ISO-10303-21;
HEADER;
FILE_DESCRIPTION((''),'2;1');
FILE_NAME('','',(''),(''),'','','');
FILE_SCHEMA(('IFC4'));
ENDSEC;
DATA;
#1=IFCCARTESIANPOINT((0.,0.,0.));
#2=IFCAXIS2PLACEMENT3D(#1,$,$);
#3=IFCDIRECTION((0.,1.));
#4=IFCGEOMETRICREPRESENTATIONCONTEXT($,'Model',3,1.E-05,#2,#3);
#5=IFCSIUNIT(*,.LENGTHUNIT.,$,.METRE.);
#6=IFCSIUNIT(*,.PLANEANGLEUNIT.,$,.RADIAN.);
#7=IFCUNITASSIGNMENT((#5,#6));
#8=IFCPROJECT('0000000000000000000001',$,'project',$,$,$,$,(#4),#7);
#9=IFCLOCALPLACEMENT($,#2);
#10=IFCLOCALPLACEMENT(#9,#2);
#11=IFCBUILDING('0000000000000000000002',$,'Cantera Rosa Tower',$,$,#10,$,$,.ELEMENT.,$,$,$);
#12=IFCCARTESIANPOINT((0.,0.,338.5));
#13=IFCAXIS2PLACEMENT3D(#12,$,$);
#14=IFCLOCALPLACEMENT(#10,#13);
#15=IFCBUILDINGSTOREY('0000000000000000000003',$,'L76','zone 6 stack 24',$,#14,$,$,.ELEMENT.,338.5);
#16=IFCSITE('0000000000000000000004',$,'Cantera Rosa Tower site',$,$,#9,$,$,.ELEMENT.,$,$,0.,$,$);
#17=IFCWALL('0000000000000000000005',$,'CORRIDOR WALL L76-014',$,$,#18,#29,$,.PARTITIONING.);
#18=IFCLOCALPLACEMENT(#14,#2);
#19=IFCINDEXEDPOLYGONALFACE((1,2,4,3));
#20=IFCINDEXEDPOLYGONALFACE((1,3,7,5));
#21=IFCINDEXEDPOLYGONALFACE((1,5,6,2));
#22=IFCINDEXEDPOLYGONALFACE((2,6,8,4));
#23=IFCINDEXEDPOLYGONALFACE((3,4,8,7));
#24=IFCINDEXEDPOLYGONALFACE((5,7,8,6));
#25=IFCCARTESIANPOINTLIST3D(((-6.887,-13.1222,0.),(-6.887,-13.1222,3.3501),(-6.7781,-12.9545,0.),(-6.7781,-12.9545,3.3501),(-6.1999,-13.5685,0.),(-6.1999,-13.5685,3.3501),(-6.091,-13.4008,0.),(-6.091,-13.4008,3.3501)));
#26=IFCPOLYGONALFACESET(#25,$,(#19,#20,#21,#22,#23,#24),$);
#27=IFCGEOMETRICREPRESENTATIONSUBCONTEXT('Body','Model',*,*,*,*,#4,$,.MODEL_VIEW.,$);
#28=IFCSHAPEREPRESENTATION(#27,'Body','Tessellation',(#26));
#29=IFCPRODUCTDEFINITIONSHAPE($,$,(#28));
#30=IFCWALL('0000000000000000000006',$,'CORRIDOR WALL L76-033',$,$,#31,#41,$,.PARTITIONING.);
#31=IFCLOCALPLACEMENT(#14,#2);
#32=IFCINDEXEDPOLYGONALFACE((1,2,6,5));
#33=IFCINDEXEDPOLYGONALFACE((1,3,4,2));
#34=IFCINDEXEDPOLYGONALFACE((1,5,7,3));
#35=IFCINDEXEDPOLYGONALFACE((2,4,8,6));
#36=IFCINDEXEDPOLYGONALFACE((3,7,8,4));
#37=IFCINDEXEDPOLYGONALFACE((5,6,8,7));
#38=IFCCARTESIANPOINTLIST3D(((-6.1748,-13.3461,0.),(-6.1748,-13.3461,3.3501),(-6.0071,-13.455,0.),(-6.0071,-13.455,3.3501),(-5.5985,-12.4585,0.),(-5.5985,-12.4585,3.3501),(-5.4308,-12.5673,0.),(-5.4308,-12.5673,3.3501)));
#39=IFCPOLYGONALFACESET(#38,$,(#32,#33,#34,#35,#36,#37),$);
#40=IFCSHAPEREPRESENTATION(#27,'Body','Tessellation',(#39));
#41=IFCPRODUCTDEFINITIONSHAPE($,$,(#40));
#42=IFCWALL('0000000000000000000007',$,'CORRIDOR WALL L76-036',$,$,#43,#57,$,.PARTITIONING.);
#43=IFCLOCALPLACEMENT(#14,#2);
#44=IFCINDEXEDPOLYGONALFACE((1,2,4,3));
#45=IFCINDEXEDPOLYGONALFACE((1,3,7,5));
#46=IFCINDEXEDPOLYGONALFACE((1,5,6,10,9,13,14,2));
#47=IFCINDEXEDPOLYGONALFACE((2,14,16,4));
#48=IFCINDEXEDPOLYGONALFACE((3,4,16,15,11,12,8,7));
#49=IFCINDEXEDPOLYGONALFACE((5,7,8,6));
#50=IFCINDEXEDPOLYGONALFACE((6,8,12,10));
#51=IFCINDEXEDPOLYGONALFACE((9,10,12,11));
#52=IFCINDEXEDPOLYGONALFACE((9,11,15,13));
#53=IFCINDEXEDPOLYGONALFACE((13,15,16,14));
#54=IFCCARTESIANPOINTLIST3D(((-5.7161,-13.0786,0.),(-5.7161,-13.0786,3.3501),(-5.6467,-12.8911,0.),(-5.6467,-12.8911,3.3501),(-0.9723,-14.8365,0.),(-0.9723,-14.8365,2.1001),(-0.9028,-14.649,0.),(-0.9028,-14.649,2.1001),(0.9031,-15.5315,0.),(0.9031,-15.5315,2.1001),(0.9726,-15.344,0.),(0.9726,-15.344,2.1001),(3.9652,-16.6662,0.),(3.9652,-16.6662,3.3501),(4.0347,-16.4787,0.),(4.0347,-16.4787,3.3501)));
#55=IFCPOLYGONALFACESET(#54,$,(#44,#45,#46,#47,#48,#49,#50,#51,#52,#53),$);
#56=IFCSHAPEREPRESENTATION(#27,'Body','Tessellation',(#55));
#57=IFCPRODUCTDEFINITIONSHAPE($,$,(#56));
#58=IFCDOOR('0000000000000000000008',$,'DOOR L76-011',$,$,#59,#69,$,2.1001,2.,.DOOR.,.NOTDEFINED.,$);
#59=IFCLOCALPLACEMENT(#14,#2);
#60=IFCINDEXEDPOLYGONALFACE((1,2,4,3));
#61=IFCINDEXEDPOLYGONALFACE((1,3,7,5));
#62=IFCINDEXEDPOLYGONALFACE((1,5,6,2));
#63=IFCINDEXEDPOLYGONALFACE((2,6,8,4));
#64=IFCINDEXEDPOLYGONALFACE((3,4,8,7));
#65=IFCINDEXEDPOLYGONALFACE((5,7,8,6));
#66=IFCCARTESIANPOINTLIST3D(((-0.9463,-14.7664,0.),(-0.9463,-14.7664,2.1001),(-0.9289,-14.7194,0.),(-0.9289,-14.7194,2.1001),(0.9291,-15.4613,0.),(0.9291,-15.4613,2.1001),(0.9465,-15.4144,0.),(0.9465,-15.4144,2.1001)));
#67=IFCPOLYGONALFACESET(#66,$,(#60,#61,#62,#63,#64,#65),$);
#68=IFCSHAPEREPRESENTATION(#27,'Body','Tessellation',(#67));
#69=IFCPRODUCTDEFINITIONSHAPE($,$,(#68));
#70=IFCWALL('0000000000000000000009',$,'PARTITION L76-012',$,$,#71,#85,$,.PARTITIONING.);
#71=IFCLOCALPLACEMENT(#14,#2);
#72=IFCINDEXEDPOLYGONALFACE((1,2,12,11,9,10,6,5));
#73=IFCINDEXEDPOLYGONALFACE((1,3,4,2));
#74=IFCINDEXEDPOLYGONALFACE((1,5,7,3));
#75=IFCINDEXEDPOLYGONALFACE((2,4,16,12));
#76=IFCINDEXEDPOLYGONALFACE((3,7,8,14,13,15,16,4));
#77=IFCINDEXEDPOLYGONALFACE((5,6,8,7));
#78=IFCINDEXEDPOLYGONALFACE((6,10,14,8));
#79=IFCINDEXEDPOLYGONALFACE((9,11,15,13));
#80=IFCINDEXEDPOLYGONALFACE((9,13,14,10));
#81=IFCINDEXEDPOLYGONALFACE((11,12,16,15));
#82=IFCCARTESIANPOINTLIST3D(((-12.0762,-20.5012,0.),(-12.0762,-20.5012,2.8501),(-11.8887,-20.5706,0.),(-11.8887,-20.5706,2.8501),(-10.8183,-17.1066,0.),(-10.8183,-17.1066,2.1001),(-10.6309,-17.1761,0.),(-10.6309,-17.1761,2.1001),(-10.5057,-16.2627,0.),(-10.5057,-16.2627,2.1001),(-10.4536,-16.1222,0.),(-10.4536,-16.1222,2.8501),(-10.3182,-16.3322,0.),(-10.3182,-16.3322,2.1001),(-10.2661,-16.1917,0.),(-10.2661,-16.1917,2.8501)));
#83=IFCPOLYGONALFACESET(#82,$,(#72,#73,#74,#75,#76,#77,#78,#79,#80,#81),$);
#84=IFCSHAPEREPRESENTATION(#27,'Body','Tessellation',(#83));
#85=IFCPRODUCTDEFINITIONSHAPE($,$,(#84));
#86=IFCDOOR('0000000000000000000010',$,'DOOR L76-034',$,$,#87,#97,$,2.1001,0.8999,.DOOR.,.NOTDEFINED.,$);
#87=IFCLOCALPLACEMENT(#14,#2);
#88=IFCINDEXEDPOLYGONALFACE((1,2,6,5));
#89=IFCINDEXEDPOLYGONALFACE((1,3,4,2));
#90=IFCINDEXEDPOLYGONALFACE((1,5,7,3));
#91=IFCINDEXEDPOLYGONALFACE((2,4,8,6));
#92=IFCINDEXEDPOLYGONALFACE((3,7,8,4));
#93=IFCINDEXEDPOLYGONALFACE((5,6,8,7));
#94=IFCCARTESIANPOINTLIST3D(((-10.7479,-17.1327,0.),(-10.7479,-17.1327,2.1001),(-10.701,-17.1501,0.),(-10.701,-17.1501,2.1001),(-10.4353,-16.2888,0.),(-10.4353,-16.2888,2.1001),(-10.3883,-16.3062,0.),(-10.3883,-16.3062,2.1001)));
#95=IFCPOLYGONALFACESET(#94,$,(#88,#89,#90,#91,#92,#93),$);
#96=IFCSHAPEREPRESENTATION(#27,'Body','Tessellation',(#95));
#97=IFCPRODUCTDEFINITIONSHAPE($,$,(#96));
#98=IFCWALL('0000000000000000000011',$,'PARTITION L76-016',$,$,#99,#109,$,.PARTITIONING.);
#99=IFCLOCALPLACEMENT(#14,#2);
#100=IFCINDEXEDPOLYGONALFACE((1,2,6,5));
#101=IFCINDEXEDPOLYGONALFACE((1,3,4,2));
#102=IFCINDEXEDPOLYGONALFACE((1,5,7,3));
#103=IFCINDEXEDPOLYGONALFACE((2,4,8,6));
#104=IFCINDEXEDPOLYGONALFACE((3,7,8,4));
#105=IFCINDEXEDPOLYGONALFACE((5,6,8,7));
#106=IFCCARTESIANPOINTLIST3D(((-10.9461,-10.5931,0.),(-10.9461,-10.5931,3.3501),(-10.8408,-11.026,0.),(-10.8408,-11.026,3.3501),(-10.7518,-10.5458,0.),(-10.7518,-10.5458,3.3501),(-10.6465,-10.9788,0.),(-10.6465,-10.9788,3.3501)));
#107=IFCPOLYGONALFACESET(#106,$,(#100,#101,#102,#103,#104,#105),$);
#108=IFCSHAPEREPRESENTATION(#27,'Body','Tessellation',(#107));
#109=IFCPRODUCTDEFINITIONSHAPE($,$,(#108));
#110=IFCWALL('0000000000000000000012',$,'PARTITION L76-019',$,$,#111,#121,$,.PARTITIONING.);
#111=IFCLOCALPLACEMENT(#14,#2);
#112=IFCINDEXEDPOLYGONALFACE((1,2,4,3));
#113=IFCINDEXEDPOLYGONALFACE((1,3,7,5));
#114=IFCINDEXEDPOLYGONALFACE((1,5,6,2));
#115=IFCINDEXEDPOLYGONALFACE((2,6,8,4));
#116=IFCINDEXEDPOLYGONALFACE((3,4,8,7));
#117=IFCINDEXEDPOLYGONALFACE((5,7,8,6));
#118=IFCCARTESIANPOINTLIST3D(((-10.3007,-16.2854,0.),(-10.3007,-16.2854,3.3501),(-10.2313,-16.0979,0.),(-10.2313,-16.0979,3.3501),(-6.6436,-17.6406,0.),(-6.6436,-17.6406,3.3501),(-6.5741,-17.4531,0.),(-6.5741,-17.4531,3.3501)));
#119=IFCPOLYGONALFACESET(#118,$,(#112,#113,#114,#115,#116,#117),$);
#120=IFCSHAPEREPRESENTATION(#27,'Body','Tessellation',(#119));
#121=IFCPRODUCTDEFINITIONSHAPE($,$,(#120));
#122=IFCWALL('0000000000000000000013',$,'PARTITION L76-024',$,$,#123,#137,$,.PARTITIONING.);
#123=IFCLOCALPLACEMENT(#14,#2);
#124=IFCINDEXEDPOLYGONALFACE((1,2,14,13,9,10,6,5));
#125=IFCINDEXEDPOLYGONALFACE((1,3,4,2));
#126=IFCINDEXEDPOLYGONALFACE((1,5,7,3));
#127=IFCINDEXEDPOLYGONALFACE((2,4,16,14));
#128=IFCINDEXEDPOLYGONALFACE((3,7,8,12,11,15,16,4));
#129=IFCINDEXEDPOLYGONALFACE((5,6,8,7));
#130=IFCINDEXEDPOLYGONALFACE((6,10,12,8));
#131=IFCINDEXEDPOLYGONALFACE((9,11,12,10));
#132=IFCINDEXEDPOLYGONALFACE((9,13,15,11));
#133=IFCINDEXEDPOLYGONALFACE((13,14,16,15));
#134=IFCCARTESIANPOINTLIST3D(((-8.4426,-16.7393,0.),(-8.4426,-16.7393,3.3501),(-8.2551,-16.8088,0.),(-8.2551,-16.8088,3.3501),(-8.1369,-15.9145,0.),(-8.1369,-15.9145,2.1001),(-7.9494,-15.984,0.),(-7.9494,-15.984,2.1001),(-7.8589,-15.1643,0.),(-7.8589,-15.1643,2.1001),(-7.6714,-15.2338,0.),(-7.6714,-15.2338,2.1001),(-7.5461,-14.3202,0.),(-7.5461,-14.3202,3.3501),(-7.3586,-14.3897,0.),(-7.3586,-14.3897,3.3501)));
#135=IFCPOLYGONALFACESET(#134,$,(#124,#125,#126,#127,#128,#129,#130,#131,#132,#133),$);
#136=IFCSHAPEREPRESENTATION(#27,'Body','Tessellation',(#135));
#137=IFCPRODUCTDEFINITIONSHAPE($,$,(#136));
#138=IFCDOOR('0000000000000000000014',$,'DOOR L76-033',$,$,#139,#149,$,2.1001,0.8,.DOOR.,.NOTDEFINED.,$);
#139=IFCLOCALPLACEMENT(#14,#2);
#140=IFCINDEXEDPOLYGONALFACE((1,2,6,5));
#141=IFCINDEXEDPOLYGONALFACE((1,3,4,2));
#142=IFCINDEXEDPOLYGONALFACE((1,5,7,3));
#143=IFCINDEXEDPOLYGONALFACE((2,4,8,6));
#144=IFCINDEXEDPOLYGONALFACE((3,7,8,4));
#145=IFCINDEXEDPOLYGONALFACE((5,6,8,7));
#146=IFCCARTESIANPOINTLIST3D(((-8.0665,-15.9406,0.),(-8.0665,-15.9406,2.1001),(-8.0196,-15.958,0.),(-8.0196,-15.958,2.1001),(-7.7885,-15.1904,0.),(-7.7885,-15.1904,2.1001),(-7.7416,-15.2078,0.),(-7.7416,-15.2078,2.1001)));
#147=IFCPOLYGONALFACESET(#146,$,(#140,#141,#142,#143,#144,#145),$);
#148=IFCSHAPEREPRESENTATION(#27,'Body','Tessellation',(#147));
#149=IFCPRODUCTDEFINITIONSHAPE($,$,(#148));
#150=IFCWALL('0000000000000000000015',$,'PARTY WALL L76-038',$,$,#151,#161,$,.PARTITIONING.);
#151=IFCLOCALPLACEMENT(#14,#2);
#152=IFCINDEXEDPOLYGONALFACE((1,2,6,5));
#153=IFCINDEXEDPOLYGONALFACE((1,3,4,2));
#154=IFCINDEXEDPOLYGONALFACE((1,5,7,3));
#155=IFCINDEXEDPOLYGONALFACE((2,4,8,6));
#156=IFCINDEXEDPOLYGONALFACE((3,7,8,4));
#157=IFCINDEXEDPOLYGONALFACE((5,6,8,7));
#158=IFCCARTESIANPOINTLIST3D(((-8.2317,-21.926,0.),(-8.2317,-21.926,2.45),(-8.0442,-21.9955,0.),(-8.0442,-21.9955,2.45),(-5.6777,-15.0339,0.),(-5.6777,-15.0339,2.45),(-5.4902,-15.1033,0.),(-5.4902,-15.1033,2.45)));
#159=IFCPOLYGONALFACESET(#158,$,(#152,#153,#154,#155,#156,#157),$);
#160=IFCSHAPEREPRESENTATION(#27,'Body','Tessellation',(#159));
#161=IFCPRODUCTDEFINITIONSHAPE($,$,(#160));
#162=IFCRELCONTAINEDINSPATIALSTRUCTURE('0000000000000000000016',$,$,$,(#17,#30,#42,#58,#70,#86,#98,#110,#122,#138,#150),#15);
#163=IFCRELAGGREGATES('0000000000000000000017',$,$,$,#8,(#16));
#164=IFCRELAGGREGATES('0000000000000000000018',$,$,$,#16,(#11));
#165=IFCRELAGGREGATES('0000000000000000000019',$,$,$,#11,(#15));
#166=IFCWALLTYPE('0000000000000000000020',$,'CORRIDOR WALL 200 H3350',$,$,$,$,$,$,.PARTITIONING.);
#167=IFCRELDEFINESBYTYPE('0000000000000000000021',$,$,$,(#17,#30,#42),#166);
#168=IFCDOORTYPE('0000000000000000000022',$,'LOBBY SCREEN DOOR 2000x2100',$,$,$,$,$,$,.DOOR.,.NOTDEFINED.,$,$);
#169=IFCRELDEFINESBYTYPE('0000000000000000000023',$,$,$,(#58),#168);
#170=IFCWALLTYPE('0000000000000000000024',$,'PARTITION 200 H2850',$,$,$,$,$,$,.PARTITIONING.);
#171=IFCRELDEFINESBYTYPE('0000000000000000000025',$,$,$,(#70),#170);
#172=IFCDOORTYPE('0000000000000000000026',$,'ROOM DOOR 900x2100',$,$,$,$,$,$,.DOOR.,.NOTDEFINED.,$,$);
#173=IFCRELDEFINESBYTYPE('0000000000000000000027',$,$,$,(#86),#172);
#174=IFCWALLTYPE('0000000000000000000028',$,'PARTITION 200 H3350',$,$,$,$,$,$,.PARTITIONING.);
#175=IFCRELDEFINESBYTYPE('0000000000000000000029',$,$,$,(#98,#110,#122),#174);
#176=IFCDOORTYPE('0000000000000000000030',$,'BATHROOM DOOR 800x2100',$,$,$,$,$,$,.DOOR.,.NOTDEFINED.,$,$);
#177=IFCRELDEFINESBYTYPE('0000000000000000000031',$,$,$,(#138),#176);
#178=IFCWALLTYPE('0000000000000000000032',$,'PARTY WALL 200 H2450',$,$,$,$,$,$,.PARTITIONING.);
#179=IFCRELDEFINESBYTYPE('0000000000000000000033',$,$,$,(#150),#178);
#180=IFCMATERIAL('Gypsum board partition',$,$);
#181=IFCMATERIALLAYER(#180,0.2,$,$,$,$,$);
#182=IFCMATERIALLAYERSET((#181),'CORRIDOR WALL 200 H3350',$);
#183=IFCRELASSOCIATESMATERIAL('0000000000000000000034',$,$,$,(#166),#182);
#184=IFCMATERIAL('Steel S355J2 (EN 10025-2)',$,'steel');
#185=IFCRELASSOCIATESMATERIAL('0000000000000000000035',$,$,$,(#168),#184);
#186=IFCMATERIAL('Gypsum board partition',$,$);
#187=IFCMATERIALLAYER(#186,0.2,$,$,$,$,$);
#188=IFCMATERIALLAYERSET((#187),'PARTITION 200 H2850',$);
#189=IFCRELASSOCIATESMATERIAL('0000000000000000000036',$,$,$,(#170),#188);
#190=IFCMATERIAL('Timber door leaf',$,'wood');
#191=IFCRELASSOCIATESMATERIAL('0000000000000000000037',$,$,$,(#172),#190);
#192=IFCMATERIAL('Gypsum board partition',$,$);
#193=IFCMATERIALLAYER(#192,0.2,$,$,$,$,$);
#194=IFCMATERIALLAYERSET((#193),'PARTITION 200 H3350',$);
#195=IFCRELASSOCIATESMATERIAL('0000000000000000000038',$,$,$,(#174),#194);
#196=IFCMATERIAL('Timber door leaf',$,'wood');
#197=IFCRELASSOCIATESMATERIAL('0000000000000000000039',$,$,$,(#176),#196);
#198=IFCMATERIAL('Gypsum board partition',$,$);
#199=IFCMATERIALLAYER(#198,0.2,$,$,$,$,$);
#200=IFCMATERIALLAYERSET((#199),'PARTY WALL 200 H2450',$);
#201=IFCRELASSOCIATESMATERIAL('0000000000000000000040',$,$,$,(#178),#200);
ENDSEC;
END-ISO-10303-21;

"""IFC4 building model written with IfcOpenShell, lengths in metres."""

from ifc_helpers import new_model, si_unit, direction, frame, frame_2d, origin, place, context, subcontext, project, spatial, rectangle, extrude, material, layer, layer_set, type_object, element, fill, save


model = new_model("IFC4")

# Units and contexts
model_context = context("Model", 3, precision=1e-05, world=origin(), true_north=direction((0.0, 1.0)))
body_context = subcontext(model_context, "Body", "Model", "MODEL_VIEW")
ifc_project = project(units=[si_unit("LENGTHUNIT", "METRE"), si_unit("PLANEANGLEUNIT", "RADIAN")], contexts=[model_context])

# Site, building, storey
site_placement = place(None, origin())
site = spatial("IfcSite", under=ifc_project, at=site_placement, Name="Cantera Rosa Tower site", CompositionType="ELEMENT", RefElevation=0.0)
building_placement = place(site_placement, origin())
building = spatial("IfcBuilding", under=site, at=building_placement, Name="Cantera Rosa Tower", CompositionType="ELEMENT")
storey_placement = place(building_placement, frame((0.0, 0.0, 338.5)))
storey = spatial("IfcBuildingStorey", under=building, at=storey_placement, Name="L76", Description="zone 6 stack 24", CompositionType="ELEMENT", Elevation=338.5)

# Walls
ifc_material_1 = material(Name="Gypsum board partition")
ifc_layer_1 = layer(ifc_material_1, 0.2)
ifc_layer_set_1 = layer_set([ifc_layer_1], Name="CORRIDOR WALL 200 H3350")
wall_type_1 = type_object("IfcWallType", Name="CORRIDOR WALL 200 H3350", PredefinedType="PARTITIONING", material=ifc_layer_set_1)
wall_1_placement = place(storey_placement, frame((-6.8325, -13.0383, 0.0), z_axis=(0.0, 0.0, 1.0), x_axis=(0.838593, -0.544758, 0.0)))
element("IfcWall", 1, at=wall_1_placement, inside=storey, type_object=wall_type_1, Name="CORRIDOR WALL L76-014", PredefinedType="PARTITIONING", context=body_context, shape_type="SweptSolid", body=[
    extrude(rectangle(XDim=0.8193, YDim=0.2, at=frame_2d((0.4097, 0.0))), origin(), (0.0, 0.0, 1.0), 3.3501),
])
wall_2_placement = place(storey_placement, frame((-6.0911, -13.4006, 0.0), z_axis=(0.0, 0.0, 1.0), x_axis=(0.544599, 0.838696, 0.0)))
element("IfcWall", 2, at=wall_2_placement, inside=storey, type_object=wall_type_1, Name="CORRIDOR WALL L76-033", PredefinedType="PARTITIONING", context=body_context, shape_type="SweptSolid", body=[
    extrude(rectangle(XDim=1.0583, YDim=0.2, at=frame_2d((0.5293, 0.0))), origin(), (0.0, 0.0, 1.0), 3.3501),
])

# Wall, opening, door
wall_3_placement = place(storey_placement, frame((-5.6814, -12.9849, 0.0), z_axis=(0.0, 0.0, 1.0), x_axis=(0.937687, -0.34748, 0.0)))
wall_3 = element("IfcWall", 3, at=wall_3_placement, inside=storey, type_object=wall_type_1, Name="CORRIDOR WALL L76-036", PredefinedType="PARTITIONING", context=body_context, shape_type="SweptSolid", body=[
    extrude(rectangle(XDim=10.3247, YDim=0.2, at=frame_2d((5.1624, 0.0))), origin(), (0.0, 0.0, 1.0), 3.3501),
])
opening_1_placement = place(wall_3_placement, frame((5.0591, 0.0, 0.0)))
opening_1 = element("IfcOpeningElement", 4, at=opening_1_placement, cuts=wall_3, PredefinedType="OPENING", context=body_context, shape_type="SweptSolid", body=[
    extrude(rectangle(XDim=2.0, YDim=2.1001, at=frame_2d((1.0, 1.05))), frame((0.0, 0.1099, 0.0), z_axis=(0.0, -1.0, 0.0), x_axis=(1.0, 0.0, 0.0)), (0.0, 0.0, 1.0), 0.22),
])
ifc_material_2 = material(Name="Steel S355J2 (EN 10025-2)", Category="steel")
door_type_1 = type_object("IfcDoorType", Name="LOBBY SCREEN DOOR 2000x2100", OperationType="NOTDEFINED", PredefinedType="DOOR", material=ifc_material_2)
door_1_placement = place(opening_1_placement, origin())
door_1 = element("IfcDoor", 5, at=door_1_placement, inside=storey, type_object=door_type_1, Name="DOOR L76-011", OperationType="NOTDEFINED", OverallHeight=2.1001, OverallWidth=2.0, PredefinedType="DOOR", context=body_context, shape_type="SweptSolid", body=[
    extrude(rectangle(XDim=2.0, YDim=2.1001, at=frame_2d((1.0, 1.05))), frame((0.0, 0.0249, 0.0), z_axis=(0.0, -1.0, 0.0), x_axis=(1.0, 0.0, 0.0)), (0.0, 0.0, 1.0), 0.05),
])
fill(opening_1, door_1)

# Wall, opening, door
ifc_material_3 = material(Name="Gypsum board partition")
ifc_layer_2 = layer(ifc_material_3, 0.2)
ifc_layer_set_2 = layer_set([ifc_layer_2], Name="PARTITION 200 H2850")
wall_type_2 = type_object("IfcWallType", Name="PARTITION 200 H2850", PredefinedType="PARTITIONING", material=ifc_layer_set_2)
wall_4_placement = place(storey_placement, frame((-11.9824, -20.5359, 0.0), z_axis=(0.0, 0.0, 1.0), x_axis=(0.347454, 0.937697, 0.0)))
wall_4 = element("IfcWall", 6, at=wall_4_placement, inside=storey, type_object=wall_type_2, Name="PARTITION L76-012", PredefinedType="PARTITIONING", context=body_context, shape_type="SweptSolid", body=[
    extrude(rectangle(XDim=4.6699, YDim=0.2, at=frame_2d((2.335, 0.0))), origin(), (0.0, 0.0, 1.0), 2.8501),
])
opening_2_placement = place(wall_4_placement, frame((3.6201, 0.0, 0.0)))
opening_2 = element("IfcOpeningElement", 7, at=opening_2_placement, cuts=wall_4, PredefinedType="OPENING", context=body_context, shape_type="SweptSolid", body=[
    extrude(rectangle(XDim=0.8999, YDim=2.1001, at=frame_2d((0.45, 1.05))), frame((0.0, 0.1099, 0.0), z_axis=(0.0, -1.0, 0.0), x_axis=(1.0, 0.0, 0.0)), (0.0, 0.0, 1.0), 0.22),
])
ifc_material_4 = material(Name="Timber door leaf", Category="wood")
door_type_2 = type_object("IfcDoorType", Name="ROOM DOOR 900x2100", OperationType="NOTDEFINED", PredefinedType="DOOR", material=ifc_material_4)
door_2_placement = place(opening_2_placement, origin())
door_2 = element("IfcDoor", 8, at=door_2_placement, inside=storey, type_object=door_type_2, Name="DOOR L76-034", OperationType="NOTDEFINED", OverallHeight=2.1001, OverallWidth=0.8999, PredefinedType="DOOR", context=body_context, shape_type="SweptSolid", body=[
    extrude(rectangle(XDim=0.8999, YDim=2.1001, at=frame_2d((0.45, 1.05))), frame((0.0, 0.0249, 0.0), z_axis=(0.0, -1.0, 0.0), x_axis=(1.0, 0.0, 0.0)), (0.0, 0.0, 1.0), 0.05),
])
fill(opening_2, door_2)

# Walls
ifc_material_5 = material(Name="Gypsum board partition")
ifc_layer_3 = layer(ifc_material_5, 0.2)
ifc_layer_set_3 = layer_set([ifc_layer_3], Name="PARTITION 200 H3350")
wall_type_3 = type_object("IfcWallType", Name="PARTITION 200 H3350", PredefinedType="PARTITIONING", material=ifc_layer_set_3)
wall_5_placement = place(storey_placement, frame((-10.8489, -10.5696, 0.0), z_axis=(0.0, 0.0, 1.0), x_axis=(0.236212, -0.971702, 0.0)))
element("IfcWall", 9, at=wall_5_placement, inside=storey, type_object=wall_type_3, Name="PARTITION L76-016", PredefinedType="PARTITIONING", context=body_context, shape_type="SweptSolid", body=[
    extrude(rectangle(XDim=0.4456, YDim=0.2, at=frame_2d((0.2227, 0.0))), origin(), (0.0, 0.0, 1.0), 3.3501),
])
wall_6_placement = place(storey_placement, frame((-10.2661, -16.1917, 0.0), z_axis=(0.0, 0.0, 1.0), x_axis=(0.937691, -0.347471, 0.0)))
element("IfcWall", 10, at=wall_6_placement, inside=storey, type_object=wall_type_3, Name="PARTITION L76-019", PredefinedType="PARTITIONING", context=body_context, shape_type="SweptSolid", body=[
    extrude(rectangle(XDim=3.9001, YDim=0.2, at=frame_2d((1.9502, 0.0))), origin(), (0.0, 0.0, 1.0), 3.3501),
])

# Wall, opening, door
wall_7_placement = place(storey_placement, frame((-8.3489, -16.7742, 0.0), z_axis=(0.0, 0.0, 1.0), x_axis=(0.347481, 0.937687, 0.0)))
wall_7 = element("IfcWall", 11, at=wall_7_placement, inside=storey, type_object=wall_type_3, Name="PARTITION L76-024", PredefinedType="PARTITIONING", context=body_context, shape_type="SweptSolid", body=[
    extrude(rectangle(XDim=2.5798, YDim=0.2, at=frame_2d((1.29, 0.0))), origin(), (0.0, 0.0, 1.0), 3.3501),
])
opening_3_placement = place(wall_7_placement, frame((0.8799, 0.0, 0.0)))
opening_3 = element("IfcOpeningElement", 12, at=opening_3_placement, cuts=wall_7, PredefinedType="OPENING", context=body_context, shape_type="SweptSolid", body=[
    extrude(rectangle(XDim=0.8, YDim=2.1001, at=frame_2d((0.3999, 1.05))), frame((0.0, 0.1099, 0.0), z_axis=(0.0, -1.0, 0.0), x_axis=(1.0, 0.0, 0.0)), (0.0, 0.0, 1.0), 0.22),
])
ifc_material_6 = material(Name="Timber door leaf", Category="wood")
door_type_3 = type_object("IfcDoorType", Name="BATHROOM DOOR 800x2100", OperationType="NOTDEFINED", PredefinedType="DOOR", material=ifc_material_6)
door_3_placement = place(opening_3_placement, origin())
door_3 = element("IfcDoor", 13, at=door_3_placement, inside=storey, type_object=door_type_3, Name="DOOR L76-033", OperationType="NOTDEFINED", OverallHeight=2.1001, OverallWidth=0.8, PredefinedType="DOOR", context=body_context, shape_type="SweptSolid", body=[
    extrude(rectangle(XDim=0.8, YDim=2.1001, at=frame_2d((0.3999, 1.05))), frame((0.0, 0.0249, 0.0), z_axis=(0.0, -1.0, 0.0), x_axis=(1.0, 0.0, 0.0)), (0.0, 0.0, 1.0), 0.05),
])
fill(opening_3, door_3)

# Wall
ifc_material_7 = material(Name="Gypsum board partition")
ifc_layer_4 = layer(ifc_material_7, 0.2)
ifc_layer_set_4 = layer_set([ifc_layer_4], Name="PARTY WALL 200 H2450")
wall_type_4 = type_object("IfcWallType", Name="PARTY WALL 200 H2450", PredefinedType="PARTITIONING", material=ifc_layer_set_4)
wall_8_placement = place(storey_placement, frame((-5.584, -15.0686, 0.0), z_axis=(0.0, 0.0, 1.0), x_axis=(-0.347473, -0.93769, 0.0)))
element("IfcWall", 14, at=wall_8_placement, inside=storey, type_object=wall_type_4, Name="PARTY WALL L76-038", PredefinedType="PARTITIONING", context=body_context, shape_type="SweptSolid", body=[
    extrude(rectangle(XDim=7.3501, YDim=0.2, at=frame_2d((3.675, 0.0))), origin(), (0.0, 0.0, 1.0), 2.45),
])

save(model, "model.ifc")
